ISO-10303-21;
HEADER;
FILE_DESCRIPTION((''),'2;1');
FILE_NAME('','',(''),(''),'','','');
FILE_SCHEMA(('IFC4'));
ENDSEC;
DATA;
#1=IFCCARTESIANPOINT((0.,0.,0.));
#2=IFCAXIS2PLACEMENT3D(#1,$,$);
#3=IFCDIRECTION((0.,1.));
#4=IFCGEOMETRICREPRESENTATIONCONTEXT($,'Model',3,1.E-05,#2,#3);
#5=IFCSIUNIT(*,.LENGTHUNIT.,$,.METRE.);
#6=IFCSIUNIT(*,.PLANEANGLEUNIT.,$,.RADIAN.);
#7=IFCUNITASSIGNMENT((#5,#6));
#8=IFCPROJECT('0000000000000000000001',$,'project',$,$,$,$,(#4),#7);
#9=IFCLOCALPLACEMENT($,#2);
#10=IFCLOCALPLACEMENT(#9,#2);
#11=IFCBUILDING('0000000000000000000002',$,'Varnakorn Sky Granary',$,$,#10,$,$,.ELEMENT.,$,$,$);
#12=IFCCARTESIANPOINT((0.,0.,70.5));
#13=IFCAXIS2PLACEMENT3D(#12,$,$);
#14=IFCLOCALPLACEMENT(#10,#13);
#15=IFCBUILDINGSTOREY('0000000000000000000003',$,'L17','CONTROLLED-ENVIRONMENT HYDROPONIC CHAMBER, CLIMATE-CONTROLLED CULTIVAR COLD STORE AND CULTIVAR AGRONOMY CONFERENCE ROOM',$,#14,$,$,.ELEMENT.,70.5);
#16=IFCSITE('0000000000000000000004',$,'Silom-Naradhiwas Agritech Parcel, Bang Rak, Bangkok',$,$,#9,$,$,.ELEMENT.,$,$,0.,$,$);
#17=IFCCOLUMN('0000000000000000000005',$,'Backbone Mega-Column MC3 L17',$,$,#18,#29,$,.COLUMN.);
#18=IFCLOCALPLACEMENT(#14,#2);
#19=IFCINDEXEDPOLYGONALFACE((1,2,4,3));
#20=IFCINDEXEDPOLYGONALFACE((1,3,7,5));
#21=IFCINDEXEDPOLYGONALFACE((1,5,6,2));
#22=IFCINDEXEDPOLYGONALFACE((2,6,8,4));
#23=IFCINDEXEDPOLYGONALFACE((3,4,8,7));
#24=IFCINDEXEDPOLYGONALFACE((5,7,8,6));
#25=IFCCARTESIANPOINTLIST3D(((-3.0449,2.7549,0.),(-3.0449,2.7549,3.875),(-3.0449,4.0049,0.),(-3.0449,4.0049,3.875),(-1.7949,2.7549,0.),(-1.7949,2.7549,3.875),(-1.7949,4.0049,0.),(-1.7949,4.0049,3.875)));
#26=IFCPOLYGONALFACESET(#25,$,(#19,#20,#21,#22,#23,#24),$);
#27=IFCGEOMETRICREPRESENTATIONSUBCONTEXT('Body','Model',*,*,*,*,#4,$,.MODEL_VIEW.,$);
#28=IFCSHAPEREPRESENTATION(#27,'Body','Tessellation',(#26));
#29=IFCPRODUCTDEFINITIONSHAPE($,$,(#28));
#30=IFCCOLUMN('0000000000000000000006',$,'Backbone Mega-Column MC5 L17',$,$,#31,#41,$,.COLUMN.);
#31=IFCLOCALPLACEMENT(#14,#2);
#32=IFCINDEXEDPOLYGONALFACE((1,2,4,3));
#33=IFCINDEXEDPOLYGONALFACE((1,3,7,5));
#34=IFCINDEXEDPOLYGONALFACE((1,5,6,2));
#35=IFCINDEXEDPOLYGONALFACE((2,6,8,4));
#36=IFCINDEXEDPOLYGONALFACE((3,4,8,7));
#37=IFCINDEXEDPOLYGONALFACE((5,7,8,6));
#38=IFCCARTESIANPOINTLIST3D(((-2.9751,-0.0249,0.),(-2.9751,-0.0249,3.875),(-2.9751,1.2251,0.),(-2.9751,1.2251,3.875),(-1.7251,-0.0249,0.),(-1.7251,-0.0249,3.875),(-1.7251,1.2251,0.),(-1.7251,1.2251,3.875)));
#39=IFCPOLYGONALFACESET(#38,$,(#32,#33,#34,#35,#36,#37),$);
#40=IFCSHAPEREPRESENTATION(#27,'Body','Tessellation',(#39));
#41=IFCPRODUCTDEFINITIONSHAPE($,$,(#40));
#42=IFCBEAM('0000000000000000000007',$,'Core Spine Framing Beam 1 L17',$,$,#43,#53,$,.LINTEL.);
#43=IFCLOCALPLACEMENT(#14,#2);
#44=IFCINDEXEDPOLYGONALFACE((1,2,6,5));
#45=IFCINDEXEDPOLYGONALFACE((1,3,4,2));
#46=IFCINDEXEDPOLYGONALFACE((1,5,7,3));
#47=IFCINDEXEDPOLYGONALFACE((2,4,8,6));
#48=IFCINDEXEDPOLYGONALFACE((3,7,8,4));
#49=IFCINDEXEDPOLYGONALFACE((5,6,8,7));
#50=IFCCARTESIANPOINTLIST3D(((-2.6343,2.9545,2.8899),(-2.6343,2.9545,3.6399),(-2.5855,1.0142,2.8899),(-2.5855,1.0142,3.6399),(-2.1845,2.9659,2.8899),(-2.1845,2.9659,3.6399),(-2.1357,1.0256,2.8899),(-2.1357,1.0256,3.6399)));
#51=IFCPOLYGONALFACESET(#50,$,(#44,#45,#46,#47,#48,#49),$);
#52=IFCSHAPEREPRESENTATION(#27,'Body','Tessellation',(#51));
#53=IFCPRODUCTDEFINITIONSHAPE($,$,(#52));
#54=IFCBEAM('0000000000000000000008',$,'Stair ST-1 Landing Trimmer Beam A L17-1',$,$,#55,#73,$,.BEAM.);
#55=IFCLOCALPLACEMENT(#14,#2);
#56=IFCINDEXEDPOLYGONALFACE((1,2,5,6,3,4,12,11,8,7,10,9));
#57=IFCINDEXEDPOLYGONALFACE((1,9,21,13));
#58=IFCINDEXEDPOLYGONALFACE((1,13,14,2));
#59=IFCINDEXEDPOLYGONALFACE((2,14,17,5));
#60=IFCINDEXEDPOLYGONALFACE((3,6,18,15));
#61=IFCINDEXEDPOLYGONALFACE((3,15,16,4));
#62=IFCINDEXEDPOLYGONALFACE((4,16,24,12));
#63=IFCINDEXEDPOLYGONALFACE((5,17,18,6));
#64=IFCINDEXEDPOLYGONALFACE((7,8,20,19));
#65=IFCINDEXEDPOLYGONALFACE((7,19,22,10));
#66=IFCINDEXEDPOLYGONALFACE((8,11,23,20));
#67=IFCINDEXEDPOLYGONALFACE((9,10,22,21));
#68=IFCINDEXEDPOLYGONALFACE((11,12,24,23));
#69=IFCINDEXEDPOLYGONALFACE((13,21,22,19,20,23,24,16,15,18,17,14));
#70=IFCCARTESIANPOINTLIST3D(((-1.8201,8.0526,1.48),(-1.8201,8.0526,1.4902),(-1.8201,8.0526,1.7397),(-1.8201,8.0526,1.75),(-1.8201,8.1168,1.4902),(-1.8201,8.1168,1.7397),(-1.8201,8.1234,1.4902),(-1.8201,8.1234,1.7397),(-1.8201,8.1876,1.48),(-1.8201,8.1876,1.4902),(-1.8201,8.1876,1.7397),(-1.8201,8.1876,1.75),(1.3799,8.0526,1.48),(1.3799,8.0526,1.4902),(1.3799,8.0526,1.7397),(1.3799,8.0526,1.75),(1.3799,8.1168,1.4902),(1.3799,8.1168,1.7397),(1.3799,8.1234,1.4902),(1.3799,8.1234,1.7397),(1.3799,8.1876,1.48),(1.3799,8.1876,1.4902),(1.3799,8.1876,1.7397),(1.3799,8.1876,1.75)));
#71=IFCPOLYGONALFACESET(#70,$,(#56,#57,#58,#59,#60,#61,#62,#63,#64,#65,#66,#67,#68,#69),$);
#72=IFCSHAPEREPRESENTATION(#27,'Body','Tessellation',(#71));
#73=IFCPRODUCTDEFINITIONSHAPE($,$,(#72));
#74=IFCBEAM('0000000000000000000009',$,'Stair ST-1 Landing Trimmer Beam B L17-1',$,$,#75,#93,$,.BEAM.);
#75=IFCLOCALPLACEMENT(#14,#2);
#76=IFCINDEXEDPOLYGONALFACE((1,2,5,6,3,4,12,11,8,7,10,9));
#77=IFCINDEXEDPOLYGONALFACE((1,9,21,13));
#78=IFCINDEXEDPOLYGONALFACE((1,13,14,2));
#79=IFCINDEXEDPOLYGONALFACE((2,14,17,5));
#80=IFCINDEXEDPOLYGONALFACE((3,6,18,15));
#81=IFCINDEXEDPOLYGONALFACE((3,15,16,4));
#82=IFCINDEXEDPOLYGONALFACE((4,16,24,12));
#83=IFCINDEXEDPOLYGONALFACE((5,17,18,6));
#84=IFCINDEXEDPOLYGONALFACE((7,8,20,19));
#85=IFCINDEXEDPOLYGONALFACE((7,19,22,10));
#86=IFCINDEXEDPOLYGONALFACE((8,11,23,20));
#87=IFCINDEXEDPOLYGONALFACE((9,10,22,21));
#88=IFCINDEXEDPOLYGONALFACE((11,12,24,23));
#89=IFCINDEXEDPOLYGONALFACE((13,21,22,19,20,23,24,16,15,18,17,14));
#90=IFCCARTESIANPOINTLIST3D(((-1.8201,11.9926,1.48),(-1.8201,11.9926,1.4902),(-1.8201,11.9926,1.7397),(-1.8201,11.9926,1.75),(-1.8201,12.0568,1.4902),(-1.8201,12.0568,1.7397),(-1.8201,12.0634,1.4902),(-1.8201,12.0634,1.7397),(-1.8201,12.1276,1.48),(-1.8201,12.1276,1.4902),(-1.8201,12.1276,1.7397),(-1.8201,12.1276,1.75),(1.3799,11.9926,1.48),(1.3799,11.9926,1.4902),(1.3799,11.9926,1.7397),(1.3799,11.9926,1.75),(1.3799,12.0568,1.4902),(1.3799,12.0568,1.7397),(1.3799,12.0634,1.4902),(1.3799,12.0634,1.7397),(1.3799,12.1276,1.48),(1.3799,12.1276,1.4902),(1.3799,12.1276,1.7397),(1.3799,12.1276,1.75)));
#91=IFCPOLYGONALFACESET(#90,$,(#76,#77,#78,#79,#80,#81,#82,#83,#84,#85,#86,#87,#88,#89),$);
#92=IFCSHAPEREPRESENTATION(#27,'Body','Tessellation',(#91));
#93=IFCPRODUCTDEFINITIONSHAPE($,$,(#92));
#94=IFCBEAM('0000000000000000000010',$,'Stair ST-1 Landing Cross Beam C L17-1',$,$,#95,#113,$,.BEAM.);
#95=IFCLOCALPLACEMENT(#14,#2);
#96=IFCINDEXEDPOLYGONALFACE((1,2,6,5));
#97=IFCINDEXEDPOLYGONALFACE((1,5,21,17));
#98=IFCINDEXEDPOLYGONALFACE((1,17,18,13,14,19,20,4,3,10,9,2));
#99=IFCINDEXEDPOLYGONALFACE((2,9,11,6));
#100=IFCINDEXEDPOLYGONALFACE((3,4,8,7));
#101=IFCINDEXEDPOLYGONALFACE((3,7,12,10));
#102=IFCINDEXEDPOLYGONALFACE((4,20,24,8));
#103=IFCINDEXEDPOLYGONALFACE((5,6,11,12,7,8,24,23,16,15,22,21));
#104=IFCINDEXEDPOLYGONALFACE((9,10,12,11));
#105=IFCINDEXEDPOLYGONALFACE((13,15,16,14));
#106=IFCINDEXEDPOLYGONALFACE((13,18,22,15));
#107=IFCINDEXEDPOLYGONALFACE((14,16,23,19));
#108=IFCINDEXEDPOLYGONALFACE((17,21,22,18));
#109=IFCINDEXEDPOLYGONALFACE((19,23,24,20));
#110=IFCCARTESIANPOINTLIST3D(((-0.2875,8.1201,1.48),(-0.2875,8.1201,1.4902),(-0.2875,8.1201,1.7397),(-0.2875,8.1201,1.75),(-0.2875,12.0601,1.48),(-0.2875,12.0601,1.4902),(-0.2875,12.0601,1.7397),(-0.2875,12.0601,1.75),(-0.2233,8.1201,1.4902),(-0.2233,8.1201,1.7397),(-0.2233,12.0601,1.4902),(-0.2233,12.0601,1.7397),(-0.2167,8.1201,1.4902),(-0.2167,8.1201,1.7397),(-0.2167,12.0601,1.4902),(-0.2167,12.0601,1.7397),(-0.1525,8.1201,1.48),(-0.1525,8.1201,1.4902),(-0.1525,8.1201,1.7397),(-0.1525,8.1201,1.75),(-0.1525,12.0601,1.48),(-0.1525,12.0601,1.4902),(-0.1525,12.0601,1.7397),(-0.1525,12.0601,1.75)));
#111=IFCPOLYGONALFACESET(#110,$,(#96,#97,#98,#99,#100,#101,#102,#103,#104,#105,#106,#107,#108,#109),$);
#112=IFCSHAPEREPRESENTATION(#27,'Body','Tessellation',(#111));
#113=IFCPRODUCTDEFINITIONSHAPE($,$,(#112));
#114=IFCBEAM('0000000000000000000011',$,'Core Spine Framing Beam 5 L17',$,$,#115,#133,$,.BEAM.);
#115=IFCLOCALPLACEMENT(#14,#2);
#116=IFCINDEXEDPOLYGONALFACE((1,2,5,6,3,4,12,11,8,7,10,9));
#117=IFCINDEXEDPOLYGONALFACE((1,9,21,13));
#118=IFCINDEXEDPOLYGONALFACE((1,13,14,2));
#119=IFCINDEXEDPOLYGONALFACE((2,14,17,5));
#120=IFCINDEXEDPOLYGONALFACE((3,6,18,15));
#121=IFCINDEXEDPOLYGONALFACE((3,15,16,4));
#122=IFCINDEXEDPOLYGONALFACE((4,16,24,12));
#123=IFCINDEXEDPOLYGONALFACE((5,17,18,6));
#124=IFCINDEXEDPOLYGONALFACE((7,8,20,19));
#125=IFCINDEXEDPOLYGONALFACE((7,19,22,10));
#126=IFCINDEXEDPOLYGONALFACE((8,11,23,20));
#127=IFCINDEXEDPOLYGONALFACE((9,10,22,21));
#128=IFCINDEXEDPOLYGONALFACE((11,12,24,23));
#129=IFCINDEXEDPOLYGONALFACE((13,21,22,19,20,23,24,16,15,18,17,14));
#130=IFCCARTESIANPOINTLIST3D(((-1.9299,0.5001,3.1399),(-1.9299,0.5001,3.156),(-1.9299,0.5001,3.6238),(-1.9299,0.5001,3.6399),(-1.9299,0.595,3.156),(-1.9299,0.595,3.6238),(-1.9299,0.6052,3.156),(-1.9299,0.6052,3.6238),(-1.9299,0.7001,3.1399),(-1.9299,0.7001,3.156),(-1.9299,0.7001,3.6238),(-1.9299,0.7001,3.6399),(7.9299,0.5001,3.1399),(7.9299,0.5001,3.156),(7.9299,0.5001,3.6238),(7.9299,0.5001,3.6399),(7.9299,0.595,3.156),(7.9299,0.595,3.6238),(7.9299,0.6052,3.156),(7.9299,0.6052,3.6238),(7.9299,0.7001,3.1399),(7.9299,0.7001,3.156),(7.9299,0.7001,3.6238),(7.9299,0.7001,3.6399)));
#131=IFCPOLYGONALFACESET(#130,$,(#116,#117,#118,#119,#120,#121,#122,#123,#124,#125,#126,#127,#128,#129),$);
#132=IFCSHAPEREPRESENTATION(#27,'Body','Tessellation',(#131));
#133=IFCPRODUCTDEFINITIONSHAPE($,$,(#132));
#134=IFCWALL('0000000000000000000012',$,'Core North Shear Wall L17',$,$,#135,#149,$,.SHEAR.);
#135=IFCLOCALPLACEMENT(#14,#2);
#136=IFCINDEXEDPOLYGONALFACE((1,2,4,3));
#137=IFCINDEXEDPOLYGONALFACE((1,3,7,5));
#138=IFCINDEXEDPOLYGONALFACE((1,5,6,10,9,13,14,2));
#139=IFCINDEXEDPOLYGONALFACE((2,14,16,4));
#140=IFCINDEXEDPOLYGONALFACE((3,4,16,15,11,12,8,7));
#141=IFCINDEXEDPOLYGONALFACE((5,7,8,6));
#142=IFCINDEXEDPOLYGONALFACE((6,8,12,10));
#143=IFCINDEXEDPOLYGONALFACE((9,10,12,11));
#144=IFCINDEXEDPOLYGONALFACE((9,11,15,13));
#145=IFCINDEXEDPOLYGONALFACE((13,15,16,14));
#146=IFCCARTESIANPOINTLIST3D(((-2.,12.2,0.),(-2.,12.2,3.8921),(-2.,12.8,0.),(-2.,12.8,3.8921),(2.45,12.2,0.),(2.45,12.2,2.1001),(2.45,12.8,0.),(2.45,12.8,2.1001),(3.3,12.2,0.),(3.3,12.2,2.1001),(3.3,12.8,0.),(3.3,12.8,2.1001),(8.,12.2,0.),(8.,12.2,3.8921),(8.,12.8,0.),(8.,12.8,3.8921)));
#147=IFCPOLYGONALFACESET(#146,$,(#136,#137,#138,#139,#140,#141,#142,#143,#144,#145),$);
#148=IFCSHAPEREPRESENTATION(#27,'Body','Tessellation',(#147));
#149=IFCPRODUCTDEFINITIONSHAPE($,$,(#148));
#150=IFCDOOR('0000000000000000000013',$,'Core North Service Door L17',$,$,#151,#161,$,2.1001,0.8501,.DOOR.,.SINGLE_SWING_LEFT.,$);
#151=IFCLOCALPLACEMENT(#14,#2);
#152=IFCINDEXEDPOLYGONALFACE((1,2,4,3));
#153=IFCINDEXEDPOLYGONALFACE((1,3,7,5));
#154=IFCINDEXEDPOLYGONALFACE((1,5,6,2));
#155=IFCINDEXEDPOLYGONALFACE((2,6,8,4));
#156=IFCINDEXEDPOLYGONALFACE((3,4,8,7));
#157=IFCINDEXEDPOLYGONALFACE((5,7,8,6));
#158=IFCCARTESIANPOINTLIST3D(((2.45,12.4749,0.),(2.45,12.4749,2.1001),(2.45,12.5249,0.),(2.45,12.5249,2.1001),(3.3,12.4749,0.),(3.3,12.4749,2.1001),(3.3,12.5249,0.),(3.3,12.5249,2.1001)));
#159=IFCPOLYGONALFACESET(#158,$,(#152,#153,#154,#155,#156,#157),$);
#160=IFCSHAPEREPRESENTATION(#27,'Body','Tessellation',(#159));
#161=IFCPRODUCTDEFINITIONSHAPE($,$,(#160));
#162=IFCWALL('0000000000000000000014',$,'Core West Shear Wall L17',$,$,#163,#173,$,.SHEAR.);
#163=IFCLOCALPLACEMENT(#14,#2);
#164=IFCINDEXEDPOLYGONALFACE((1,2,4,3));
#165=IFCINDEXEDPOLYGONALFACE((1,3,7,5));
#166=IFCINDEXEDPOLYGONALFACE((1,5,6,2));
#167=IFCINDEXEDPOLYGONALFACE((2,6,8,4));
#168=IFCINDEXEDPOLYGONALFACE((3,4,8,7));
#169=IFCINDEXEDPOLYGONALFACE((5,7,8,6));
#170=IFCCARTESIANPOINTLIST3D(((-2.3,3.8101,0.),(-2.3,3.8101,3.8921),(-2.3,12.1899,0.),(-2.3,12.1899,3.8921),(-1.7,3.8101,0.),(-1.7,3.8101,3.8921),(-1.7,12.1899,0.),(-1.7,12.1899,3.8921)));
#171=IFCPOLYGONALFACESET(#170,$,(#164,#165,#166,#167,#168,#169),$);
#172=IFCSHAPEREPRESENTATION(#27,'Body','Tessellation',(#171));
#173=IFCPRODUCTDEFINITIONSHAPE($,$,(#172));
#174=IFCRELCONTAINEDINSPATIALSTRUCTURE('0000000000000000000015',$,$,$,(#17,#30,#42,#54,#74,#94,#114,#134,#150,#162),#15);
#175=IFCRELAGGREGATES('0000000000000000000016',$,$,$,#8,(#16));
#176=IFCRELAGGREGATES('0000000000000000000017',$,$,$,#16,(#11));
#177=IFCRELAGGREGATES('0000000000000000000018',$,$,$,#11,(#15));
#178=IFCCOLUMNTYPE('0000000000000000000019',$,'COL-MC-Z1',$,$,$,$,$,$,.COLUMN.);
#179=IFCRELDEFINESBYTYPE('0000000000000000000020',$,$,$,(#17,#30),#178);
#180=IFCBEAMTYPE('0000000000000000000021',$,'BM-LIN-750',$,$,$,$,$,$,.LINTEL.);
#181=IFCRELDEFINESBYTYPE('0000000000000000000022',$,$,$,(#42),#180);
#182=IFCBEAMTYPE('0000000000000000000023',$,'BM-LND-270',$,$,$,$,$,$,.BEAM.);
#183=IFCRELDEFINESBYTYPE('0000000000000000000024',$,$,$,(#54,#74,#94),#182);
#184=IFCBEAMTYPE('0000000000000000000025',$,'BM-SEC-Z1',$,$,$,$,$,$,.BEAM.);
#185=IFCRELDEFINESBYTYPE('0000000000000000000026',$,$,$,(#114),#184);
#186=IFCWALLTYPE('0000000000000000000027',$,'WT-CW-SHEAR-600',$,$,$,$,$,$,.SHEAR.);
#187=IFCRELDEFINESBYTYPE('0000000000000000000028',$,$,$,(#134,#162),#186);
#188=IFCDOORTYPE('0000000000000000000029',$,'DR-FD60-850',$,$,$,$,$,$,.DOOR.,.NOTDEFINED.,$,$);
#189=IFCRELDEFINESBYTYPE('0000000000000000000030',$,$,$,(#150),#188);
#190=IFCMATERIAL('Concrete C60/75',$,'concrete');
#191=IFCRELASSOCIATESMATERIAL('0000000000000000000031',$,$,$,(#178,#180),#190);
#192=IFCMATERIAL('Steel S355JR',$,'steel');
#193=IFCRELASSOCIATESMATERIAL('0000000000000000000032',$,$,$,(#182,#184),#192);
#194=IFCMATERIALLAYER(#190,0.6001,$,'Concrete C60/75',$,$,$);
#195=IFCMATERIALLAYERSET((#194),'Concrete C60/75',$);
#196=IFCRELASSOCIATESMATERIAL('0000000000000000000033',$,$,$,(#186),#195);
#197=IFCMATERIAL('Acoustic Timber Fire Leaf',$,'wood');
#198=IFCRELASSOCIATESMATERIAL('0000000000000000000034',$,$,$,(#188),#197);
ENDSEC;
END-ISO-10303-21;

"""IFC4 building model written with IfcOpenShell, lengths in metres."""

from ifc_helpers import new_model, si_unit, direction, frame, frame_2d, origin, origin_2d, place, context, subcontext, project, spatial, rectangle, i_section, extrude, material, layer, layer_set, material_profile, profile_set, type_object, element, fill, save


model = new_model("IFC4")

# Units and contexts
model_context = context("Model", 3, precision=1e-05, world=origin(), true_north=direction((0.0, 1.0)))
body_context = subcontext(model_context, "Body", "Model", "MODEL_VIEW")
ifc_project = project(units=[si_unit("LENGTHUNIT", "METRE"), si_unit("PLANEANGLEUNIT", "RADIAN")], contexts=[model_context])

# Site, building, storey
site_placement = place(None, origin())
site = spatial("IfcSite", under=ifc_project, at=site_placement, Name="Silom-Naradhiwas Agritech Parcel, Bang Rak, Bangkok", CompositionType="ELEMENT", RefElevation=0.0)
building_placement = place(site_placement, origin())
building = spatial("IfcBuilding", under=site, at=building_placement, Name="Varnakorn Sky Granary", CompositionType="ELEMENT")
storey_placement = place(building_placement, frame((0.0, 0.0, 70.5)))
storey = spatial("IfcBuildingStorey", under=building, at=storey_placement, Name="L17", Description="CONTROLLED-ENVIRONMENT HYDROPONIC CHAMBER, CLIMATE-CONTROLLED CULTIVAR COLD STORE AND CULTIVAR AGRONOMY CONFERENCE ROOM", CompositionType="ELEMENT", Elevation=70.5)

# Columns
ifc_material_1 = material(Name="Concrete C60/75", Category="concrete")
ifc_material_profile_1 = material_profile(ifc_material_1, rectangle(XDim=1.25, YDim=1.25, at=origin_2d()), Name="RC 1250x1250")
ifc_profile_set_1 = profile_set([ifc_material_profile_1], Name="Concrete C60/75")
column_type = type_object("IfcColumnType", Name="COL-MC-Z1", PredefinedType="COLUMN", material=ifc_profile_set_1)
for number, where, z_axis, x_axis, name in (
    (1, (-2.4199, 3.3799, 0.0), (0.0, 0.0, 1.0), (1.0, 0.0, 0.0), "Backbone Mega-Column MC3 L17"),
    (2, (-2.3501, 0.6001, 0.0), (0.0, 0.0, 1.0), (1.0, 0.0, 0.0), "Backbone Mega-Column MC5 L17"),
):
    element("IfcColumn", number, at=place(storey_placement, frame(where, z_axis=z_axis, x_axis=x_axis)), inside=storey, type_object=column_type, Name=name, PredefinedType="COLUMN", context=body_context, shape_type="SweptSolid", body=[
        extrude(rectangle(XDim=1.25, YDim=1.25, at=origin_2d()), origin(), (0.0, 0.0, 1.0), 3.875),
    ])

# Beams
ifc_material_profile_2 = material_profile(ifc_material_1, rectangle(XDim=0.45, YDim=0.75, at=origin_2d()), Name="RC 450x750")
ifc_profile_set_2 = profile_set([ifc_material_profile_2], Name="Concrete C60/75")
beam_type_1 = type_object("IfcBeamType", Name="BM-LIN-750", PredefinedType="LINTEL", material=ifc_profile_set_2)
beam_1_placement = place(storey_placement, frame((-2.4094, 2.9602, 3.2649), z_axis=(0.025159, -0.999683, 0.0), x_axis=(0.999683, 0.025159, 0.0)))
element("IfcBeam", 3, at=beam_1_placement, inside=storey, type_object=beam_type_1, Name="Core Spine Framing Beam 1 L17", PredefinedType="LINTEL", context=body_context, shape_type="SweptSolid", body=[
    extrude(rectangle(XDim=0.45, YDim=0.75, at=origin_2d()), origin(), (0.0, 0.0, 1.0), 1.9409),
])
ifc_material_2 = material(Name="Steel S355JR", Category="steel")
ifc_material_profile_3 = material_profile(ifc_material_2, i_section(OverallWidth=0.135, OverallDepth=0.27, WebThickness=0.0066, FlangeThickness=0.0103, at=origin_2d()), Name="IPE 270")
ifc_profile_set_3 = profile_set([ifc_material_profile_3], Name="Steel S355JR")
beam_type_2 = type_object("IfcBeamType", Name="BM-LND-270", PredefinedType="BEAM", material=ifc_profile_set_3)
for number, where, z_axis, x_axis, name in (
    (4, (-1.8201, 8.1201, 1.615), (1.0, 0.0, 0.0), (0.0, 1.0, 0.0), "Stair ST-1 Landing Trimmer Beam A L17-1"),
    (5, (-1.8201, 12.0601, 1.615), (1.0, 0.0, 0.0), (0.0, 1.0, 0.0), "Stair ST-1 Landing Trimmer Beam B L17-1"),
):
    element("IfcBeam", number, at=place(storey_placement, frame(where, z_axis=z_axis, x_axis=x_axis)), inside=storey, type_object=beam_type_2, Name=name, PredefinedType="BEAM", context=body_context, shape_type="SweptSolid", body=[
        extrude(i_section(OverallWidth=0.135, OverallDepth=0.27, WebThickness=0.0066, FlangeThickness=0.0103, at=origin_2d()), origin(), (0.0, 0.0, 1.0), 3.2),
    ])
beam_2_placement = place(storey_placement, frame((-0.22, 8.1201, 1.615), z_axis=(0.0, 1.0, 0.0), x_axis=(-1.0, 0.0, 0.0)))
element("IfcBeam", 6, at=beam_2_placement, inside=storey, type_object=beam_type_2, Name="Stair ST-1 Landing Cross Beam C L17-1", PredefinedType="BEAM", context=body_context, shape_type="SweptSolid", body=[
    extrude(i_section(OverallWidth=0.135, OverallDepth=0.27, WebThickness=0.0066, FlangeThickness=0.0103, at=origin_2d()), origin(), (0.0, 0.0, 1.0), 3.9399),
])
ifc_material_profile_4 = material_profile(ifc_material_2, i_section(OverallWidth=0.2, OverallDepth=0.5, WebThickness=0.0103, FlangeThickness=0.0161, at=origin_2d()), Name="IPE 500")
ifc_profile_set_4 = profile_set([ifc_material_profile_4], Name="Steel S355JR")
beam_type_3 = type_object("IfcBeamType", Name="BM-SEC-Z1", PredefinedType="BEAM", material=ifc_profile_set_4)
beam_3_placement = place(storey_placement, frame((-1.9299, 0.6001, 3.3899), z_axis=(1.0, 0.0, 0.0), x_axis=(0.0, 1.0, 0.0)))
element("IfcBeam", 7, at=beam_3_placement, inside=storey, type_object=beam_type_3, Name="Core Spine Framing Beam 5 L17", PredefinedType="BEAM", context=body_context, shape_type="SweptSolid", body=[
    extrude(i_section(OverallWidth=0.2, OverallDepth=0.5, WebThickness=0.0103, FlangeThickness=0.0161, at=origin_2d()), origin(), (0.0, 0.0, 1.0), 9.8599),
])

# Shared definitions
ifc_layer_1 = layer(ifc_material_1, 0.6001, Name="Concrete C60/75")
ifc_layer_set_1 = layer_set([ifc_layer_1], Name="Concrete C60/75")
wall_type_1 = type_object("IfcWallType", Name="WT-CW-SHEAR-600", PredefinedType="SHEAR", material=ifc_layer_set_1)

# Wall, opening, door
wall_1_placement = place(storey_placement, frame((-2.0, 12.5, 0.0), z_axis=(0.0, 0.0, 1.0), x_axis=(1.0, 0.0, 0.0)))
wall_1 = element("IfcWall", 8, at=wall_1_placement, inside=storey, type_object=wall_type_1, Name="Core North Shear Wall L17", PredefinedType="SHEAR", context=body_context, shape_type="SweptSolid", body=[
    extrude(rectangle(XDim=10.0, YDim=0.6001, at=frame_2d((5.0, 0.0))), origin(), (0.0, 0.0, 1.0), 3.8921),
])
opening_1_placement = place(wall_1_placement, frame((4.45, 0.0, 0.0)))
opening_1 = element("IfcOpeningElement", 9, at=opening_1_placement, cuts=wall_1, PredefinedType="OPENING", context=body_context, shape_type="SweptSolid", body=[
    extrude(rectangle(XDim=0.8501, YDim=2.1001, at=frame_2d((0.425, 1.05))), frame((0.0, 0.3101, 0.0), z_axis=(0.0, -1.0, 0.0), x_axis=(1.0, 0.0, 0.0)), (0.0, 0.0, 1.0), 0.6201),
])
ifc_material_3 = material(Name="Acoustic Timber Fire Leaf", Category="wood")
door_type_1 = type_object("IfcDoorType", Name="DR-FD60-850", OperationType="NOTDEFINED", PredefinedType="DOOR", material=ifc_material_3)
door_1_placement = place(opening_1_placement, origin())
door_1 = element("IfcDoor", 10, at=door_1_placement, inside=storey, type_object=door_type_1, Name="Core North Service Door L17", OperationType="SINGLE_SWING_LEFT", OverallHeight=2.1001, OverallWidth=0.8501, PredefinedType="DOOR", context=body_context, shape_type="SweptSolid", body=[
    extrude(rectangle(XDim=0.8501, YDim=2.1001, at=frame_2d((0.425, 1.05))), frame((0.0, 0.0249, 0.0), z_axis=(0.0, -1.0, 0.0), x_axis=(1.0, 0.0, 0.0)), (0.0, 0.0, 1.0), 0.05),
])
fill(opening_1, door_1)

# Wall
wall_2_placement = place(storey_placement, frame((-2.0, 3.8101, 0.0), z_axis=(0.0, 0.0, 1.0), x_axis=(0.0, 1.0, 0.0)))
element("IfcWall", 11, at=wall_2_placement, inside=storey, type_object=wall_type_1, Name="Core West Shear Wall L17", PredefinedType="SHEAR", context=body_context, shape_type="SweptSolid", body=[
    extrude(rectangle(XDim=8.3799, YDim=0.6001, at=frame_2d((4.1899, 0.0))), origin(), (0.0, 0.0, 1.0), 3.8921),
])

save(model, "model.ifc")
